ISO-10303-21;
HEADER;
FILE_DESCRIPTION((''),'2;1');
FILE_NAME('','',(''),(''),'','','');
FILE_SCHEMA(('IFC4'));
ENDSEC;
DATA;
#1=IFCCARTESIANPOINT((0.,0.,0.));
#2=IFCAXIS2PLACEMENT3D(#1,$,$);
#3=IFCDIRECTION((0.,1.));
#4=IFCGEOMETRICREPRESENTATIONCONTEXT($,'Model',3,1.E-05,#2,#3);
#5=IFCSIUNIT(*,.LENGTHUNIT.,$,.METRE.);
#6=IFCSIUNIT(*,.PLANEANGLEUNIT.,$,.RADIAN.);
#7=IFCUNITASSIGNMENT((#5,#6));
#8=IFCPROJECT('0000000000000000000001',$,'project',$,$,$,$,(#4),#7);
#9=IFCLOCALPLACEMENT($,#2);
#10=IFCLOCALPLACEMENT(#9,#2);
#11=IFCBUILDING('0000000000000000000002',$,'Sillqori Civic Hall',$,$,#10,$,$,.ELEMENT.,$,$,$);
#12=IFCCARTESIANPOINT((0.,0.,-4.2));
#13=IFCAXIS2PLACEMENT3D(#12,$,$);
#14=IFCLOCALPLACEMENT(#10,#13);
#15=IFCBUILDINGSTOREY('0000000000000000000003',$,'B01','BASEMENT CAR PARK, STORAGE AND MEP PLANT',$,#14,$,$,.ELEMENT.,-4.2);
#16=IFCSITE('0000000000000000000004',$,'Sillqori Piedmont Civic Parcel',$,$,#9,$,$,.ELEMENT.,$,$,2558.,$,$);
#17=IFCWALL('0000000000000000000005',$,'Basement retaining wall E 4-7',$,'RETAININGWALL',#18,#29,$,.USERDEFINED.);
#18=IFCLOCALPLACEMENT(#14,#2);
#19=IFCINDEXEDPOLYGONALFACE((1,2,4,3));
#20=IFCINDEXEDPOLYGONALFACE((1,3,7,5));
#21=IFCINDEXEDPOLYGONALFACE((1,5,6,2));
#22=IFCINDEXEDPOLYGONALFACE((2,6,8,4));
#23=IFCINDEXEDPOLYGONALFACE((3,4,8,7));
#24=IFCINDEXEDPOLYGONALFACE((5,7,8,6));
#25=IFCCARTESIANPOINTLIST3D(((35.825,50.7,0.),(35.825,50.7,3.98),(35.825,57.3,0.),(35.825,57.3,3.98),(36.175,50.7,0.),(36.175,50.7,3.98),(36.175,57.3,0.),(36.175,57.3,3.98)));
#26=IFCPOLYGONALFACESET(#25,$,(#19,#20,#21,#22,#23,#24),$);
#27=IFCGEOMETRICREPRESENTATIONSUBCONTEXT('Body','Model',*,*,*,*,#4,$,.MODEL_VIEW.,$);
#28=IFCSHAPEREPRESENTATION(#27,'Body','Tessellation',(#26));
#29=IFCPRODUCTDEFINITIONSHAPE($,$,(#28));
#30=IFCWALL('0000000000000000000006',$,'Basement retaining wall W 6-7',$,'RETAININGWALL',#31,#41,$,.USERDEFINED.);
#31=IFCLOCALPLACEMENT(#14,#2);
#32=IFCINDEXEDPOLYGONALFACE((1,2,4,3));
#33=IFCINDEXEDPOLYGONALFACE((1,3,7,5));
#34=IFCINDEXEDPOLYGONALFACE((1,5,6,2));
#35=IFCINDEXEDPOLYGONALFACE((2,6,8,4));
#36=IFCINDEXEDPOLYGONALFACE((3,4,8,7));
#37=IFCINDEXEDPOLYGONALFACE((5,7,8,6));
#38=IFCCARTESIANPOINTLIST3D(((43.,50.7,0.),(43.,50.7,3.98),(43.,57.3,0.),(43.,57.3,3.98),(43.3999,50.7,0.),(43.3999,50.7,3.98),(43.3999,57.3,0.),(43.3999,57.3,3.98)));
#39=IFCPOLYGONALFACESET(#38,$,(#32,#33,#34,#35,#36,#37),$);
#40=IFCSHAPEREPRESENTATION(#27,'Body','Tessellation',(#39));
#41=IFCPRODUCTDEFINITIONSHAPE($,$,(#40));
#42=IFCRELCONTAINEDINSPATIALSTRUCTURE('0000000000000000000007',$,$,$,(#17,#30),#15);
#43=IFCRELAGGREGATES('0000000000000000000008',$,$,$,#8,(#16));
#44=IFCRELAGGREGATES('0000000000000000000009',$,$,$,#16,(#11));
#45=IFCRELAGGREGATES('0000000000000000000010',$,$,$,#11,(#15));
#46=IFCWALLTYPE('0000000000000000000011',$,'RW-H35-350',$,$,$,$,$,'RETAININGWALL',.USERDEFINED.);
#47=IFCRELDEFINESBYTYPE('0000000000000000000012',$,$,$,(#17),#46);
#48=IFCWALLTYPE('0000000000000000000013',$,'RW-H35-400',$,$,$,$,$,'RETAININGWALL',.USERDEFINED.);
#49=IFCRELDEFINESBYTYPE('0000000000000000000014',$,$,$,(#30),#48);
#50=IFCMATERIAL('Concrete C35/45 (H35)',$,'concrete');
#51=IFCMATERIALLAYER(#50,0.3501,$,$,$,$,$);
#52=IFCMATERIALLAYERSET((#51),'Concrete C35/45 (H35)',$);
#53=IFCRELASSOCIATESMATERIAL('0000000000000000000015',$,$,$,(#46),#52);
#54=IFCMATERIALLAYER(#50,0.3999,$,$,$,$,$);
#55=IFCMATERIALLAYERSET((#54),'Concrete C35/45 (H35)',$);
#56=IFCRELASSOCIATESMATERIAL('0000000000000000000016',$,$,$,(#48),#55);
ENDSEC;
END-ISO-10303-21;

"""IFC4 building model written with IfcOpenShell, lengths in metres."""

from ifc_helpers import new_model, si_unit, direction, frame, frame_2d, origin, place, context, subcontext, project, spatial, rectangle, extrude, material, layer, layer_set, type_object, element, save


model = new_model("IFC4")

# Units and contexts
model_context = context("Model", 3, precision=1e-05, world=origin(), true_north=direction((0.0, 1.0)))
body_context = subcontext(model_context, "Body", "Model", "MODEL_VIEW")
ifc_project = project(units=[si_unit("LENGTHUNIT", "METRE"), si_unit("PLANEANGLEUNIT", "RADIAN")], contexts=[model_context])

# Site, building, storey
site_placement = place(None, origin())
site = spatial("IfcSite", under=ifc_project, at=site_placement, Name="Sillqori Piedmont Civic Parcel", CompositionType="ELEMENT", RefElevation=2558.0)
building_placement = place(site_placement, origin())
building = spatial("IfcBuilding", under=site, at=building_placement, Name="Sillqori Civic Hall", CompositionType="ELEMENT")
storey_placement = place(building_placement, frame((0.0, 0.0, -4.2)))
storey = spatial("IfcBuildingStorey", under=building, at=storey_placement, Name="B01", Description="BASEMENT CAR PARK, STORAGE AND MEP PLANT", CompositionType="ELEMENT", Elevation=-4.2)

# Shared definitions
ifc_material_1 = material(Name="Concrete C35/45 (H35)", Category="concrete")

# Walls
ifc_layer_1 = layer(ifc_material_1, 0.3501)
ifc_layer_set_1 = layer_set([ifc_layer_1], Name="Concrete C35/45 (H35)")
wall_type_1 = type_object("IfcWallType", Name="RW-H35-350", ElementType="RETAININGWALL", PredefinedType="USERDEFINED", material=ifc_layer_set_1)
wall_1_placement = place(storey_placement, frame((36.0, 50.7, 0.0), z_axis=(0.0, 0.0, 1.0), x_axis=(0.0, 1.0, 0.0)))
element("IfcWall", 1, at=wall_1_placement, inside=storey, type_object=wall_type_1, Name="Basement retaining wall E 4-7", ObjectType="RETAININGWALL", PredefinedType="USERDEFINED", context=body_context, shape_type="SweptSolid", body=[
    extrude(rectangle(XDim=6.6001, YDim=0.3501, at=frame_2d((3.3, 0.0))), origin(), (0.0, 0.0, 1.0), 3.98),
])
ifc_layer_2 = layer(ifc_material_1, 0.3999)
ifc_layer_set_2 = layer_set([ifc_layer_2], Name="Concrete C35/45 (H35)")
wall_type_2 = type_object("IfcWallType", Name="RW-H35-400", ElementType="RETAININGWALL", PredefinedType="USERDEFINED", material=ifc_layer_set_2)
wall_2_placement = place(storey_placement, frame((43.2, 50.7, 0.0), z_axis=(0.0, 0.0, 1.0), x_axis=(0.0, 1.0, 0.0)))
element("IfcWall", 2, at=wall_2_placement, inside=storey, type_object=wall_type_2, Name="Basement retaining wall W 6-7", ObjectType="RETAININGWALL", PredefinedType="USERDEFINED", context=body_context, shape_type="SweptSolid", body=[
    extrude(rectangle(XDim=6.6001, YDim=0.3999, at=frame_2d((3.3, 0.0))), origin(), (0.0, 0.0, 1.0), 3.98),
])

save(model, "model.ifc")
